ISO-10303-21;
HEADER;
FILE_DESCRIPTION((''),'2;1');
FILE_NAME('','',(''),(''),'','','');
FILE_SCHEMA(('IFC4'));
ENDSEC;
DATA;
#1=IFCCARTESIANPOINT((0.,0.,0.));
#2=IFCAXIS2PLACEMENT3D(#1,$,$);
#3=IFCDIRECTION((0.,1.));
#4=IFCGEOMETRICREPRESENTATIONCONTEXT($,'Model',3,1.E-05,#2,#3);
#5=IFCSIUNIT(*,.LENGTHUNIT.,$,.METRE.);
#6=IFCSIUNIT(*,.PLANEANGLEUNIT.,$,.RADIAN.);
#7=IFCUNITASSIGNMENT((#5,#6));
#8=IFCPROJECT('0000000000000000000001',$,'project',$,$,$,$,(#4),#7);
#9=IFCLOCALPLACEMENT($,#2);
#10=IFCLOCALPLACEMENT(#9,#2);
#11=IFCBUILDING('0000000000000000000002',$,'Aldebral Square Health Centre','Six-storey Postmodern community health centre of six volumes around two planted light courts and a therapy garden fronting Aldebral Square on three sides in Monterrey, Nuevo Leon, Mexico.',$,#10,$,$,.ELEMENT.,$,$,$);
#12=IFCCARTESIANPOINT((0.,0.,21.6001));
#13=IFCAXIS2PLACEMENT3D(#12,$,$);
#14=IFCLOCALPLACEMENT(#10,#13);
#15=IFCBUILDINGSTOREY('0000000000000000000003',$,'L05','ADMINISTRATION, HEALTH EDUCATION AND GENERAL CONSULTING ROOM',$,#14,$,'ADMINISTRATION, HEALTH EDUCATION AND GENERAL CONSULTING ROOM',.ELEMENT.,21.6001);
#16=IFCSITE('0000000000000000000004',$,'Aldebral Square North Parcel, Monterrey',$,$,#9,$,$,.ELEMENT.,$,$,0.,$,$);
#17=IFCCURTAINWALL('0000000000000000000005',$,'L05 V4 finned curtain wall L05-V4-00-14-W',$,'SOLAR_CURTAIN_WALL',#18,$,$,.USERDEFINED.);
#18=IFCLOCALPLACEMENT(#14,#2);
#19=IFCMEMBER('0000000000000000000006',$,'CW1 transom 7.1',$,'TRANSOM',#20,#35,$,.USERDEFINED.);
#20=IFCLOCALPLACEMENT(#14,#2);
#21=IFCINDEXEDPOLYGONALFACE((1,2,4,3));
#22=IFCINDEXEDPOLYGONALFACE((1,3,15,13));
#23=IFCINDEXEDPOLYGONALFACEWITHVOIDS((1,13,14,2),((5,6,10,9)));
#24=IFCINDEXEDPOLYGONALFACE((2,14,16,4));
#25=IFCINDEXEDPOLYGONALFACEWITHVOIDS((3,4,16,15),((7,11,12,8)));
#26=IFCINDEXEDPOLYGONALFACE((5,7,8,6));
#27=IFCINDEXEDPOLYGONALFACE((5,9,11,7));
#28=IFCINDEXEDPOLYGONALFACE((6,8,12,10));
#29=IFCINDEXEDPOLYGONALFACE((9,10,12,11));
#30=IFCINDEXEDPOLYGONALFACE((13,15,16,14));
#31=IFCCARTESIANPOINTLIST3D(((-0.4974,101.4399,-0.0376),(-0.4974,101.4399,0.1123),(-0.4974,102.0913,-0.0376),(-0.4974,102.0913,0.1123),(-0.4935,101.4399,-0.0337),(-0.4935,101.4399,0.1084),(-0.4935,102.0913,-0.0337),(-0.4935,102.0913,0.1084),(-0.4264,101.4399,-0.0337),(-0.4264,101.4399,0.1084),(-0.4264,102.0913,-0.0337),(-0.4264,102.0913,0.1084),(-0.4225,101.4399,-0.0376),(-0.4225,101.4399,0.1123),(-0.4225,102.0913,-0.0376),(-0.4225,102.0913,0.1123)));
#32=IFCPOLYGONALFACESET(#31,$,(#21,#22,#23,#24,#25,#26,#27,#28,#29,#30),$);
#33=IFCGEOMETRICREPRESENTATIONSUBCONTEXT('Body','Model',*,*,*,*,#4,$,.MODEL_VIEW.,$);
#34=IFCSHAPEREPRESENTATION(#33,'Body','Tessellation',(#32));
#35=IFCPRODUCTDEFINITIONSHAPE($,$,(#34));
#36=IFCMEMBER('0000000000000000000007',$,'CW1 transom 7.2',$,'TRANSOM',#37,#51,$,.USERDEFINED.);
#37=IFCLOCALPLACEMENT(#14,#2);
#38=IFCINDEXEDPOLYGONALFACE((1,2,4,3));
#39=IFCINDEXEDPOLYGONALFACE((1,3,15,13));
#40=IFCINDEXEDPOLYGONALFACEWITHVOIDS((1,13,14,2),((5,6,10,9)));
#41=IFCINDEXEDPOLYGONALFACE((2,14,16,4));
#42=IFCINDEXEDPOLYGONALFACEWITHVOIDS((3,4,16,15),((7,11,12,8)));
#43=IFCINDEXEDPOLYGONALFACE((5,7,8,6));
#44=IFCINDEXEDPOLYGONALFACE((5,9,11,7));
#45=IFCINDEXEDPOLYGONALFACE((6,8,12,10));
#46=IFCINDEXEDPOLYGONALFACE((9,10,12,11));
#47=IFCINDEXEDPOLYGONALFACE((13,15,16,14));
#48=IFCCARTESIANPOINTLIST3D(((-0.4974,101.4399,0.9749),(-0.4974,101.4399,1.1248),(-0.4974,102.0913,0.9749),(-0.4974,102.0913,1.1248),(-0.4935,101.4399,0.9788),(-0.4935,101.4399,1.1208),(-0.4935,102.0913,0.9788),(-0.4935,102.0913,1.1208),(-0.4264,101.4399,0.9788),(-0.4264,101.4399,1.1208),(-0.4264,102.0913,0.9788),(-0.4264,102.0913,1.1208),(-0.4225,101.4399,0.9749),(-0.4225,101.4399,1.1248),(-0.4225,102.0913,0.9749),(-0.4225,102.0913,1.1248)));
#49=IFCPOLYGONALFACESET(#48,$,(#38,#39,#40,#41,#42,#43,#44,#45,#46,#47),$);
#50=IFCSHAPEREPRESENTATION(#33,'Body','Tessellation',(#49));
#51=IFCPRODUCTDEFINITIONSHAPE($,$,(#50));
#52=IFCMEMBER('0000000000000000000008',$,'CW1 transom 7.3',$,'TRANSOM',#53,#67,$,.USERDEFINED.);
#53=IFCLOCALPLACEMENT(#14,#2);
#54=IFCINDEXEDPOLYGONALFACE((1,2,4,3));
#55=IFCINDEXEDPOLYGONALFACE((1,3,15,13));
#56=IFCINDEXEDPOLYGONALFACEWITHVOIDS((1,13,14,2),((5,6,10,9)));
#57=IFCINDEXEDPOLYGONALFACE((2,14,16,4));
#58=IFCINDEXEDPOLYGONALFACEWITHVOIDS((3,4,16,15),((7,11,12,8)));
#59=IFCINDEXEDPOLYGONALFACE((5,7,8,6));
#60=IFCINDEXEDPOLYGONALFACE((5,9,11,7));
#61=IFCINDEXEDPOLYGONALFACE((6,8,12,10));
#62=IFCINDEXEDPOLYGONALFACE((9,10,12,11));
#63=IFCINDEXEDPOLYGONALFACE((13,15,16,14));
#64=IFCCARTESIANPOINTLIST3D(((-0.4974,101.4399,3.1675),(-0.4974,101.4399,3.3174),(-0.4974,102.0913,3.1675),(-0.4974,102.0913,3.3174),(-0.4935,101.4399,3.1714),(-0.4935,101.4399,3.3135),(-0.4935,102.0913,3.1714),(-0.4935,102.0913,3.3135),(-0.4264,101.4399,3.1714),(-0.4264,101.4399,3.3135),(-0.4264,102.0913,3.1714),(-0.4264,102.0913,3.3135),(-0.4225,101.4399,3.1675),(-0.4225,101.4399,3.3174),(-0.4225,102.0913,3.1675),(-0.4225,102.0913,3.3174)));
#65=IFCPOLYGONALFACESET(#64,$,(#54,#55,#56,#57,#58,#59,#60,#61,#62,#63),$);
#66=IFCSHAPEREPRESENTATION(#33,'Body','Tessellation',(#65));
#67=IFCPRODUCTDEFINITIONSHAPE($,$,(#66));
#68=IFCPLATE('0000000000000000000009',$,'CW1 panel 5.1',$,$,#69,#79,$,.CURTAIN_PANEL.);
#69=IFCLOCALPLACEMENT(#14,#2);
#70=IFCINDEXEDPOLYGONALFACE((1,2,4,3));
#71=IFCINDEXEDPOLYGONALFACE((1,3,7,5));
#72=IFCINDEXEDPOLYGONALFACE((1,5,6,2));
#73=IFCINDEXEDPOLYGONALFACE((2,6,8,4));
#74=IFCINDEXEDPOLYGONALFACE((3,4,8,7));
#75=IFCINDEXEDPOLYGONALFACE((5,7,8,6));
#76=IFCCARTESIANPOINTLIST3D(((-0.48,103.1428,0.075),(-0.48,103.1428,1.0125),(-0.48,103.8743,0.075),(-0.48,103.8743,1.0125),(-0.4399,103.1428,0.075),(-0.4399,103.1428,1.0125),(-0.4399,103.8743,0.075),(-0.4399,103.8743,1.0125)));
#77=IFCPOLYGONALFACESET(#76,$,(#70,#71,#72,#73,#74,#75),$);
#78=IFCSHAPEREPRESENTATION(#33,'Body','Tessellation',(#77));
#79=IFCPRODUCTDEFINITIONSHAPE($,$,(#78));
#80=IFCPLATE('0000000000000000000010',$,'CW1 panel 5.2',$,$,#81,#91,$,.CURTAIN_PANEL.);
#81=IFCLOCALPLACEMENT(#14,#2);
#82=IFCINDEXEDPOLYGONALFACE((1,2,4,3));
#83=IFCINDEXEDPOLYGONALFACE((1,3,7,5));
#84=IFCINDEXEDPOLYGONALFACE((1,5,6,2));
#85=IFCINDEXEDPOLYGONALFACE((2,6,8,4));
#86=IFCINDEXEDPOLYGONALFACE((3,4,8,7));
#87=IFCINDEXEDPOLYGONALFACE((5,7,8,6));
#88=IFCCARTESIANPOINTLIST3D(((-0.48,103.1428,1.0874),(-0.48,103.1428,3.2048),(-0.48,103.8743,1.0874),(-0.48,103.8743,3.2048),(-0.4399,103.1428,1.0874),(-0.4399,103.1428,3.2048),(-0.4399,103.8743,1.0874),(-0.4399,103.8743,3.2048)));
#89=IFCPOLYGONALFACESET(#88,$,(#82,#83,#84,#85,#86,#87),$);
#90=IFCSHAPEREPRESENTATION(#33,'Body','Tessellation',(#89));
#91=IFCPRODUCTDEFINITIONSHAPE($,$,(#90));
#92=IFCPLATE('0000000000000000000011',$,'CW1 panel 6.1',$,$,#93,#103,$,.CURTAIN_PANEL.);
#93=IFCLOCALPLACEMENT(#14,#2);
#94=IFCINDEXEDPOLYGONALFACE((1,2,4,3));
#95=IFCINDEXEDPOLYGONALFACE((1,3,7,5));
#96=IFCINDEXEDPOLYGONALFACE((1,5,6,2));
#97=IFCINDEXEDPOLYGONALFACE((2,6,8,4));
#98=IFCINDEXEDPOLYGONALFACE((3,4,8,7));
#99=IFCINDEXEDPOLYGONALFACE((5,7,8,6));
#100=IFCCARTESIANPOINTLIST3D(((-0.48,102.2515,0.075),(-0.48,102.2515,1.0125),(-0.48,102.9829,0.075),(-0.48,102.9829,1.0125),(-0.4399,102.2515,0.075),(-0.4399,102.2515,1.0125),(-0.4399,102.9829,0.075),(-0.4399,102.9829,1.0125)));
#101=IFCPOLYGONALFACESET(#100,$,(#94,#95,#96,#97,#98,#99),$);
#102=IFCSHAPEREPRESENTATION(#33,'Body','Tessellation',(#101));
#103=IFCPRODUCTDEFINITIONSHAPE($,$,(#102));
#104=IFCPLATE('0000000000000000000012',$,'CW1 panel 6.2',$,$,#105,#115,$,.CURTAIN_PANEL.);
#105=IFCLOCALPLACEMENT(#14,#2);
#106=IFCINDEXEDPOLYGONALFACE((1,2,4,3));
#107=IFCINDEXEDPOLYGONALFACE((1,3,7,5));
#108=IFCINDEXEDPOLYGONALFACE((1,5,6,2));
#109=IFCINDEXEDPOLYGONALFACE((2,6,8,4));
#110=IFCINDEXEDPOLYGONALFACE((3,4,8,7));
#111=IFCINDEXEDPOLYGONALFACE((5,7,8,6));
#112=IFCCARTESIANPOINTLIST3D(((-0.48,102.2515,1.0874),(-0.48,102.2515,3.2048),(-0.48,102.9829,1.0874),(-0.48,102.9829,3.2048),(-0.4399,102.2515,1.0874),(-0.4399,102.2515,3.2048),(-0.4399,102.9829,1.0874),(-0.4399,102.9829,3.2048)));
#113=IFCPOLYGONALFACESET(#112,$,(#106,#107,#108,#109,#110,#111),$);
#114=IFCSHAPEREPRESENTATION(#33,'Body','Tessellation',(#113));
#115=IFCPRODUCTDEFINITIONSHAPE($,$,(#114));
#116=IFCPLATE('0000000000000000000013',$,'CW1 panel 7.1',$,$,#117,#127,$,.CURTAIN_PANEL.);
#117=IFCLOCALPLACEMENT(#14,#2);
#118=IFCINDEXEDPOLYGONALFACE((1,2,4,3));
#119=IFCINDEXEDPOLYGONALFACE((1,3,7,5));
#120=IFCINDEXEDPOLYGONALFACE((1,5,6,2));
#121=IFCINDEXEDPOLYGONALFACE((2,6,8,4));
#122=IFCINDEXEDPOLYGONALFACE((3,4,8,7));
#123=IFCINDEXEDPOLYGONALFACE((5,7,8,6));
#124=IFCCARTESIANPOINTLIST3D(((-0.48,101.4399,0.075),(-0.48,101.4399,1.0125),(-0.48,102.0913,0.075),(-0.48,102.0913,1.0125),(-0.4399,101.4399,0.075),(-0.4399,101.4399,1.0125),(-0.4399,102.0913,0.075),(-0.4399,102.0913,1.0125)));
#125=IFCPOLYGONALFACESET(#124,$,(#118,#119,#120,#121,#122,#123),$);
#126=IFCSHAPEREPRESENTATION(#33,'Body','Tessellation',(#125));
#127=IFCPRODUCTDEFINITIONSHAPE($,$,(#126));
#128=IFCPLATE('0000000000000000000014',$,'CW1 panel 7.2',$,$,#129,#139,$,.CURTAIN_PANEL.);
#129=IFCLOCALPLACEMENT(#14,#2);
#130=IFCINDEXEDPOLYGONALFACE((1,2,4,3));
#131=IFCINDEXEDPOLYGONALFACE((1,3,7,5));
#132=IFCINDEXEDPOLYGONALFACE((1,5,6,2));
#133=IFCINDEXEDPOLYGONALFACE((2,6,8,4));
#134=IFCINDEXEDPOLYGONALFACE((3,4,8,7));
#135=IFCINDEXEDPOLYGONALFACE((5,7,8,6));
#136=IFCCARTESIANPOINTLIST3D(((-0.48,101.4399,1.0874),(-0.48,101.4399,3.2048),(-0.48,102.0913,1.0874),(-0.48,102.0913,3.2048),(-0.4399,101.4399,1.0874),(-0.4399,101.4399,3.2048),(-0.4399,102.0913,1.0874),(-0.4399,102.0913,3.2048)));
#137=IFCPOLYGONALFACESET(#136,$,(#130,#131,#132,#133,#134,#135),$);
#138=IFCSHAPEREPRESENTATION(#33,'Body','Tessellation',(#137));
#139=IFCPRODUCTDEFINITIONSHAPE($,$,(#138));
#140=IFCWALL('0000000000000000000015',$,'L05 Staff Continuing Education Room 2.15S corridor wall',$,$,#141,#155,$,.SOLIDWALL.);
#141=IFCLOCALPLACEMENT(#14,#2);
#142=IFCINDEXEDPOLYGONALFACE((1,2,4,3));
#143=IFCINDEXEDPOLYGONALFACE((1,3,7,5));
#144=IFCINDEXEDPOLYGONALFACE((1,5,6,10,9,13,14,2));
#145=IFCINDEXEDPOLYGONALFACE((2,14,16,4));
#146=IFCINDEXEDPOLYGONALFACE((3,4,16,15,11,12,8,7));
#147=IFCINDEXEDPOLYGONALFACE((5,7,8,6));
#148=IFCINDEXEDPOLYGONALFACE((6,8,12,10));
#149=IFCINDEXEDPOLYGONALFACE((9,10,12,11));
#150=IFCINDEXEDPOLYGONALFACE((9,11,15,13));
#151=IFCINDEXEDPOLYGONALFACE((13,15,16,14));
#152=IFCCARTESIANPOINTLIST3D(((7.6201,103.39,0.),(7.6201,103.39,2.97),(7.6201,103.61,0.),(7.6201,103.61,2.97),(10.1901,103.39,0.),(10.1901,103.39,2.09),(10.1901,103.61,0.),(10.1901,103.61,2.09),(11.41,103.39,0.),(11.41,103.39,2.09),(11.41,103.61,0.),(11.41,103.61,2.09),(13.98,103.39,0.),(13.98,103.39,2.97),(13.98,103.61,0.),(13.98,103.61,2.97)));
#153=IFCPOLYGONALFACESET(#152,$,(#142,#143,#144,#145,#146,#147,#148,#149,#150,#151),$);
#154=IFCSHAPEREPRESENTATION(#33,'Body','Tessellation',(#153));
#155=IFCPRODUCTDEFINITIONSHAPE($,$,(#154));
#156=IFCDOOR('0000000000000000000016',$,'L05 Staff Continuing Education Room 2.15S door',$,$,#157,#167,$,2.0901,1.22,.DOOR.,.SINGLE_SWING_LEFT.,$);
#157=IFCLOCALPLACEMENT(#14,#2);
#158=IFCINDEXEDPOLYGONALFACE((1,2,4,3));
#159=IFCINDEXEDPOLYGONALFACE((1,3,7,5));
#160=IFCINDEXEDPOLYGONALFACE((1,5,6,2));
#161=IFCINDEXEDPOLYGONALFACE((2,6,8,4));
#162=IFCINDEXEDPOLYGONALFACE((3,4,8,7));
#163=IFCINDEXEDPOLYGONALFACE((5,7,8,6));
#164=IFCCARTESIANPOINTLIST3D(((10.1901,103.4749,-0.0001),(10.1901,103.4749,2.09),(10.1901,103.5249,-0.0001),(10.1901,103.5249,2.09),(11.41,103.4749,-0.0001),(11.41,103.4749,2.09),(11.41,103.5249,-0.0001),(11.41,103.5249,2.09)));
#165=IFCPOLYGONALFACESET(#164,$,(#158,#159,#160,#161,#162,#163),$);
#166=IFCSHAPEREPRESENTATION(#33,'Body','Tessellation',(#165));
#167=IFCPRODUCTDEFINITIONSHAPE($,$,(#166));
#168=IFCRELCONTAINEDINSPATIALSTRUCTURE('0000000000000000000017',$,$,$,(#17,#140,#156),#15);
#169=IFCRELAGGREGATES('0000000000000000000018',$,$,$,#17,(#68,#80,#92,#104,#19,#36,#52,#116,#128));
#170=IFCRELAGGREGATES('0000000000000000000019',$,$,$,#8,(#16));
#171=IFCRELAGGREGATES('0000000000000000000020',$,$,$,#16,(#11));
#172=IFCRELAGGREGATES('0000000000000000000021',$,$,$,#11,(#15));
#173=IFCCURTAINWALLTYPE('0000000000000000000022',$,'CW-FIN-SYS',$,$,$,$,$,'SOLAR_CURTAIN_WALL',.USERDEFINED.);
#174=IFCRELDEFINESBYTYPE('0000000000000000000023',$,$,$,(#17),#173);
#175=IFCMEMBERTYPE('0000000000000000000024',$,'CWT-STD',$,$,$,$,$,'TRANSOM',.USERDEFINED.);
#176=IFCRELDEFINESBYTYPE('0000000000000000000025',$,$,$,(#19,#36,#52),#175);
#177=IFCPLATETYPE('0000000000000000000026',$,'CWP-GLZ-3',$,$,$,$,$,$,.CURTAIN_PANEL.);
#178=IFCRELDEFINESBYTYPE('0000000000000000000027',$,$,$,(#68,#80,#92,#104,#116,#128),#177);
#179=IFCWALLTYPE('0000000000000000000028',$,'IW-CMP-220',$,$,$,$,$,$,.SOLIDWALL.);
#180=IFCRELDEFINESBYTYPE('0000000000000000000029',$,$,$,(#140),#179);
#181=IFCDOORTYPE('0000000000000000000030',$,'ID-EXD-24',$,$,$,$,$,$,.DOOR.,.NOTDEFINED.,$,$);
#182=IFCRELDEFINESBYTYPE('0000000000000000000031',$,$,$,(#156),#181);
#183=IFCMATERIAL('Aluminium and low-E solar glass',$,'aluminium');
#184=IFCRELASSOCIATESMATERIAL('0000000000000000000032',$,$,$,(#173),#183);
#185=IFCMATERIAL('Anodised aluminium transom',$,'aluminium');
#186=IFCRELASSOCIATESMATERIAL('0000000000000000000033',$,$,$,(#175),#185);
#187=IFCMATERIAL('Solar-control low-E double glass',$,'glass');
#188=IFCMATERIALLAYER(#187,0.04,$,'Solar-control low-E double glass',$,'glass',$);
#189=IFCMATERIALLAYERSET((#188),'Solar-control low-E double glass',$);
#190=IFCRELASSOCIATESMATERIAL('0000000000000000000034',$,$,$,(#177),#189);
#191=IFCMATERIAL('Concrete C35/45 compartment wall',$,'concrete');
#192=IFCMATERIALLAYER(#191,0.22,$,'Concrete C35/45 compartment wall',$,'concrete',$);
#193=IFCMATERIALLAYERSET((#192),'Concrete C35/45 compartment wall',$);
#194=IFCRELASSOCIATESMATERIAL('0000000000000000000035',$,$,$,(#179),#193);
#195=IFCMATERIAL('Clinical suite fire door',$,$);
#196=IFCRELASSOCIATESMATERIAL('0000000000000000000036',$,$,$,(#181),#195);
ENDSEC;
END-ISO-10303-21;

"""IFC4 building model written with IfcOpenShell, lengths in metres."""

from ifc_helpers import new_model, si_unit, direction, frame, frame_2d, origin, origin_2d, place, context, subcontext, project, spatial, rectangle, hollow_rectangle, extrude, material, layer, layer_set, material_profile, profile_set, type_object, element, fill, aggregate, save


model = new_model("IFC4")

# Units and contexts
model_context = context("Model", 3, precision=1e-05, world=origin(), true_north=direction((0.0, 1.0)))
body_context = subcontext(model_context, "Body", "Model", "MODEL_VIEW")
ifc_project = project(units=[si_unit("LENGTHUNIT", "METRE"), si_unit("PLANEANGLEUNIT", "RADIAN")], contexts=[model_context])

# Site, building, storey
site_placement = place(None, origin())
site = spatial("IfcSite", under=ifc_project, at=site_placement, Name="Aldebral Square North Parcel, Monterrey", CompositionType="ELEMENT", RefElevation=0.0)
building_placement = place(site_placement, origin())
building = spatial("IfcBuilding", under=site, at=building_placement, Name="Aldebral Square Health Centre", Description="Six-storey Postmodern community health centre of six volumes around two planted light courts and a therapy garden fronting Aldebral Square on three sides in Monterrey, Nuevo Leon, Mexico.", CompositionType="ELEMENT")
storey_placement = place(building_placement, frame((0.0, 0.0, 21.6001)))
storey = spatial("IfcBuildingStorey", under=building, at=storey_placement, Name="L05", Description="ADMINISTRATION, HEALTH EDUCATION AND GENERAL CONSULTING ROOM", LongName="ADMINISTRATION, HEALTH EDUCATION AND GENERAL CONSULTING ROOM", CompositionType="ELEMENT", Elevation=21.6001)

# Curtain wall, members, plates
ifc_material_1 = material(Name="Aluminium and low-E solar glass", Category="aluminium")
curtain_wall_type = type_object("IfcCurtainWallType", Name="CW-FIN-SYS", ElementType="SOLAR_CURTAIN_WALL", PredefinedType="USERDEFINED", material=ifc_material_1)
curtain_wall_placement = place(storey_placement, origin())
curtain_wall = element("IfcCurtainWall", 1, at=curtain_wall_placement, inside=storey, type_object=curtain_wall_type, Name="L05 V4 finned curtain wall L05-V4-00-14-W", ObjectType="SOLAR_CURTAIN_WALL", PredefinedType="USERDEFINED")
ifc_material_2 = material(Name="Anodised aluminium transom", Category="aluminium")
ifc_material_profile_1 = material_profile(ifc_material_2, hollow_rectangle(XDim=0.075, YDim=0.1499, WallThickness=0.0039, at=origin_2d()), Name="CWT 75x150x4")
ifc_profile_set_1 = profile_set([ifc_material_profile_1], Name="Anodised aluminium transom")
member_type_1 = type_object("IfcMemberType", Name="CWT-STD", ElementType="TRANSOM", PredefinedType="USERDEFINED", material=ifc_profile_set_1)
member_1_placement = place(storey_placement, frame((-0.46, 102.0913, 0.0374), z_axis=(0.0, -1.0, 0.0), x_axis=(1.0, 0.0, 0.0)))
member_1 = element("IfcMember", 2, at=member_1_placement, type_object=member_type_1, Name="CW1 transom 7.1", ObjectType="TRANSOM", PredefinedType="USERDEFINED", context=body_context, shape_type="SweptSolid", body=[
    extrude(hollow_rectangle(XDim=0.075, YDim=0.1499, WallThickness=0.0039, at=origin_2d()), origin(), (0.0, 0.0, 1.0), 0.6514),
])
member_2_placement = place(storey_placement, frame((-0.46, 102.0913, 1.0498), z_axis=(0.0, -1.0, 0.0), x_axis=(1.0, 0.0, 0.0)))
member_2 = element("IfcMember", 3, at=member_2_placement, type_object=member_type_1, Name="CW1 transom 7.2", ObjectType="TRANSOM", PredefinedType="USERDEFINED", context=body_context, shape_type="SweptSolid", body=[
    extrude(hollow_rectangle(XDim=0.075, YDim=0.1499, WallThickness=0.0039, at=origin_2d()), origin(), (0.0, 0.0, 1.0), 0.6514),
])
member_3_placement = place(storey_placement, frame((-0.46, 102.0913, 3.2424), z_axis=(0.0, -1.0, 0.0), x_axis=(1.0, 0.0, 0.0)))
member_3 = element("IfcMember", 4, at=member_3_placement, type_object=member_type_1, Name="CW1 transom 7.3", ObjectType="TRANSOM", PredefinedType="USERDEFINED", context=body_context, shape_type="SweptSolid", body=[
    extrude(hollow_rectangle(XDim=0.075, YDim=0.1499, WallThickness=0.0039, at=origin_2d()), origin(), (0.0, 0.0, 1.0), 0.6514),
])
ifc_material_3 = material(Name="Solar-control low-E double glass", Category="glass")
ifc_layer_1 = layer(ifc_material_3, 0.04, Name="Solar-control low-E double glass", Category="glass")
ifc_layer_set_1 = layer_set([ifc_layer_1], Name="Solar-control low-E double glass")
plate_type = type_object("IfcPlateType", Name="CWP-GLZ-3", PredefinedType="CURTAIN_PANEL", material=ifc_layer_set_1)
plate_1_placement = place(storey_placement, frame((-0.46, 103.5085, 0.075), z_axis=(0.0, 0.0, 1.0), x_axis=(0.0, -1.0, 0.0)))
plate_1 = element("IfcPlate", 5, at=plate_1_placement, type_object=plate_type, Name="CW1 panel 5.1", PredefinedType="CURTAIN_PANEL", context=body_context, shape_type="SweptSolid", body=[
    extrude(rectangle(XDim=0.7314, YDim=0.04, at=origin_2d()), origin(), (0.0, 0.0, 1.0), 0.9375),
])
plate_2_placement = place(storey_placement, frame((-0.46, 103.5085, 1.0874), z_axis=(0.0, 0.0, 1.0), x_axis=(0.0, -1.0, 0.0)))
plate_2 = element("IfcPlate", 6, at=plate_2_placement, type_object=plate_type, Name="CW1 panel 5.2", PredefinedType="CURTAIN_PANEL", context=body_context, shape_type="SweptSolid", body=[
    extrude(rectangle(XDim=0.7314, YDim=0.04, at=origin_2d()), origin(), (0.0, 0.0, 1.0), 2.1174),
])
plate_3_placement = place(storey_placement, frame((-0.46, 102.6172, 0.075), z_axis=(0.0, 0.0, 1.0), x_axis=(0.0, -1.0, 0.0)))
plate_3 = element("IfcPlate", 7, at=plate_3_placement, type_object=plate_type, Name="CW1 panel 6.1", PredefinedType="CURTAIN_PANEL", context=body_context, shape_type="SweptSolid", body=[
    extrude(rectangle(XDim=0.7314, YDim=0.04, at=origin_2d()), origin(), (0.0, 0.0, 1.0), 0.9375),
])
plate_4_placement = place(storey_placement, frame((-0.46, 102.6172, 1.0874), z_axis=(0.0, 0.0, 1.0), x_axis=(0.0, -1.0, 0.0)))
plate_4 = element("IfcPlate", 8, at=plate_4_placement, type_object=plate_type, Name="CW1 panel 6.2", PredefinedType="CURTAIN_PANEL", context=body_context, shape_type="SweptSolid", body=[
    extrude(rectangle(XDim=0.7314, YDim=0.04, at=origin_2d()), origin(), (0.0, 0.0, 1.0), 2.1174),
])
plate_5_placement = place(storey_placement, frame((-0.46, 101.7656, 0.075), z_axis=(0.0, 0.0, 1.0), x_axis=(0.0, -1.0, 0.0)))
plate_5 = element("IfcPlate", 9, at=plate_5_placement, type_object=plate_type, Name="CW1 panel 7.1", PredefinedType="CURTAIN_PANEL", context=body_context, shape_type="SweptSolid", body=[
    extrude(rectangle(XDim=0.6514, YDim=0.04, at=origin_2d()), origin(), (0.0, 0.0, 1.0), 0.9375),
])
plate_6_placement = place(storey_placement, frame((-0.46, 101.7656, 1.0874), z_axis=(0.0, 0.0, 1.0), x_axis=(0.0, -1.0, 0.0)))
plate_6 = element("IfcPlate", 10, at=plate_6_placement, type_object=plate_type, Name="CW1 panel 7.2", PredefinedType="CURTAIN_PANEL", context=body_context, shape_type="SweptSolid", body=[
    extrude(rectangle(XDim=0.6514, YDim=0.04, at=origin_2d()), origin(), (0.0, 0.0, 1.0), 2.1174),
])
aggregate(curtain_wall, [plate_1, plate_2, plate_3, plate_4, member_1, member_2, member_3, plate_5, plate_6])

# Wall, opening, door
ifc_material_4 = material(Name="Concrete C35/45 compartment wall", Category="concrete")
ifc_layer_2 = layer(ifc_material_4, 0.22, Name="Concrete C35/45 compartment wall", Category="concrete")
ifc_layer_set_2 = layer_set([ifc_layer_2], Name="Concrete C35/45 compartment wall")
wall_type_1 = type_object("IfcWallType", Name="IW-CMP-220", PredefinedType="SOLIDWALL", material=ifc_layer_set_2)
wall_1_placement = place(storey_placement, frame((7.6201, 103.5, 0.0), z_axis=(0.0, 0.0, 1.0), x_axis=(1.0, 0.0, 0.0)))
wall_1 = element("IfcWall", 11, at=wall_1_placement, inside=storey, type_object=wall_type_1, Name="L05 Staff Continuing Education Room 2.15S corridor wall", PredefinedType="SOLIDWALL", context=body_context, shape_type="SweptSolid", body=[
    extrude(rectangle(XDim=6.3599, YDim=0.22, at=frame_2d((3.1799, 0.0))), origin(), (0.0, 0.0, 1.0), 2.97),
])
opening_1_placement = place(wall_1_placement, frame((2.5701, 0.0, 0.0)))
opening_1 = element("IfcOpeningElement", 12, at=opening_1_placement, cuts=wall_1, PredefinedType="OPENING", context=body_context, shape_type="SweptSolid", body=[
    extrude(rectangle(XDim=1.22, YDim=2.0901, at=frame_2d((0.6099, 1.0449))), frame((0.0, 0.1201, 0.0), z_axis=(0.0, -1.0, 0.0), x_axis=(1.0, 0.0, 0.0)), (0.0, 0.0, 1.0), 0.24),
])
ifc_material_5 = material(Name="Clinical suite fire door")
door_type_1 = type_object("IfcDoorType", Name="ID-EXD-24", OperationType="NOTDEFINED", PredefinedType="DOOR", material=ifc_material_5)
door_1_placement = place(opening_1_placement, origin())
door_1 = element("IfcDoor", 13, at=door_1_placement, inside=storey, type_object=door_type_1, Name="L05 Staff Continuing Education Room 2.15S door", OperationType="SINGLE_SWING_LEFT", OverallHeight=2.0901, OverallWidth=1.22, PredefinedType="DOOR", context=body_context, shape_type="SweptSolid", body=[
    extrude(rectangle(XDim=1.22, YDim=2.0901, at=frame_2d((0.6099, 1.0449))), frame((0.0, 0.0249, 0.0), z_axis=(0.0, -1.0, 0.0), x_axis=(1.0, 0.0, 0.0)), (0.0, 0.0, 1.0), 0.05),
])
fill(opening_1, door_1)

save(model, "model.ifc")
